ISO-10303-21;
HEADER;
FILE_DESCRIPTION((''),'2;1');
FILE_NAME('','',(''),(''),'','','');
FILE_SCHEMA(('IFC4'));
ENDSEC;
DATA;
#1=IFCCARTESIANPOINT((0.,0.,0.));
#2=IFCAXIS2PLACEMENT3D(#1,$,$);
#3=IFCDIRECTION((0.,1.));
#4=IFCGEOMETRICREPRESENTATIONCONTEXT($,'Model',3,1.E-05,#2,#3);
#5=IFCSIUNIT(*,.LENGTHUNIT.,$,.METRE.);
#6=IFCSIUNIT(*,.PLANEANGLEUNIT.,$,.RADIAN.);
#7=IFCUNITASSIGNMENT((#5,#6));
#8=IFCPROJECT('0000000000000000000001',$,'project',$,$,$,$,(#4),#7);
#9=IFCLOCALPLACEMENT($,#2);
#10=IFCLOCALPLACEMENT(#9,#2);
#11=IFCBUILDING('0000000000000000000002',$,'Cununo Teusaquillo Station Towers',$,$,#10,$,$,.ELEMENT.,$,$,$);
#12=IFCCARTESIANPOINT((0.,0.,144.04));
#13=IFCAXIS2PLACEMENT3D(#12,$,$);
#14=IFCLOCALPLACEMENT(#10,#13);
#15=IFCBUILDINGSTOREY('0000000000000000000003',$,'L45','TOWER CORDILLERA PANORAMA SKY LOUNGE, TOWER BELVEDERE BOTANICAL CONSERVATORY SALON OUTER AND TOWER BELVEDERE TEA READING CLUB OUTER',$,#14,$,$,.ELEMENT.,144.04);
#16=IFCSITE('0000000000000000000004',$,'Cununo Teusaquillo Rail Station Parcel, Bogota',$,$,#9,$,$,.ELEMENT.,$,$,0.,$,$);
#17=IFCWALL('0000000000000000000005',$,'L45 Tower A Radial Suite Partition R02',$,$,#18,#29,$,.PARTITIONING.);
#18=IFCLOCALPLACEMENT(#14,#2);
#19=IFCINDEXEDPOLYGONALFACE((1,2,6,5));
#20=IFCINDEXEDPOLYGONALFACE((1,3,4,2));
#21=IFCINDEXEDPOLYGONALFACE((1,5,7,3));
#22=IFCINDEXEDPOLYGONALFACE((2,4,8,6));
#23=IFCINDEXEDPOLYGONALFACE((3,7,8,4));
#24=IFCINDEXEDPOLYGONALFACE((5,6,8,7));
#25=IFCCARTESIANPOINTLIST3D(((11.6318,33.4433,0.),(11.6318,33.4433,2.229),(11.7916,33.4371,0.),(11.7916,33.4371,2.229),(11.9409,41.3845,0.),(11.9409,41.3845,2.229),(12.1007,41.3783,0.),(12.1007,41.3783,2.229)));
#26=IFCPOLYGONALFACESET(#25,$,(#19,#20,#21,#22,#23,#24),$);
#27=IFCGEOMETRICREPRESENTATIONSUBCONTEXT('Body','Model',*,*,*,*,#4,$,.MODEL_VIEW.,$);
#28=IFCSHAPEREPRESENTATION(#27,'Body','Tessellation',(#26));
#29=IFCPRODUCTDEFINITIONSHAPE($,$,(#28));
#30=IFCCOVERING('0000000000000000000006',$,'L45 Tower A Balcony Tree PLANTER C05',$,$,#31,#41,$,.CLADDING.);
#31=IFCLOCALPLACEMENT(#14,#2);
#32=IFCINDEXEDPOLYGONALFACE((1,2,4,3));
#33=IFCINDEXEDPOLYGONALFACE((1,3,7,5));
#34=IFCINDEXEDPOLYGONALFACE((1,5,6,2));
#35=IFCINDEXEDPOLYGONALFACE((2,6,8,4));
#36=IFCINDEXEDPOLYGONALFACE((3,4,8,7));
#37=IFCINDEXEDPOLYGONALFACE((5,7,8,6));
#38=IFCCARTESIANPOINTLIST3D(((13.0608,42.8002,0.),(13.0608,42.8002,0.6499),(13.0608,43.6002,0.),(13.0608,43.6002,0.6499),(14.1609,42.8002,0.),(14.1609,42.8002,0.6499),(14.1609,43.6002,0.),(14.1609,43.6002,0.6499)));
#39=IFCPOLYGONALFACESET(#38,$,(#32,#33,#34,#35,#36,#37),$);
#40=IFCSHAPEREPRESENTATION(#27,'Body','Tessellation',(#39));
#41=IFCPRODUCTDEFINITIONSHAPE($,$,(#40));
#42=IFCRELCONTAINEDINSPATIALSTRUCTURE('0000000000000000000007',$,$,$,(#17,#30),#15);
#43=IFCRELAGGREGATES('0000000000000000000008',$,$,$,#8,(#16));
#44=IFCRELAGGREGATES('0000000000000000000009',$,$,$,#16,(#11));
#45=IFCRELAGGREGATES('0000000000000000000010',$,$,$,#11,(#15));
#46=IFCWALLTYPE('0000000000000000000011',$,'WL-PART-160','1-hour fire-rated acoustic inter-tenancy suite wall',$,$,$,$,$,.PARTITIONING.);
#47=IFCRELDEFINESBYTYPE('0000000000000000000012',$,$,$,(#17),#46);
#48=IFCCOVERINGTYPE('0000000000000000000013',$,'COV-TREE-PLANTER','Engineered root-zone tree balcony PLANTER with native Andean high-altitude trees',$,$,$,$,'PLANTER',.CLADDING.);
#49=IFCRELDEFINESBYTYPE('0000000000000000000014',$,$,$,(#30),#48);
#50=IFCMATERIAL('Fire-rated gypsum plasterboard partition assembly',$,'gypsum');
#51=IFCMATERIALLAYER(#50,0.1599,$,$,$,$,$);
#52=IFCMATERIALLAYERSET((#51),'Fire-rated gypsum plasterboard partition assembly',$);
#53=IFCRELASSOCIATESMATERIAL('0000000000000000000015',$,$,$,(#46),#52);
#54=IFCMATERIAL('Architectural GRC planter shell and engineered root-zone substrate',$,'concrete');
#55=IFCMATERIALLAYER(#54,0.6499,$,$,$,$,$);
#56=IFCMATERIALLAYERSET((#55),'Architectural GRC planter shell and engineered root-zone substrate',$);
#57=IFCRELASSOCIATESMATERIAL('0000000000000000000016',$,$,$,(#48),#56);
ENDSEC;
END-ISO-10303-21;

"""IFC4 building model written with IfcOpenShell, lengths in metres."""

from ifc_helpers import new_model, si_unit, direction, frame, frame_2d, origin, origin_2d, place, context, subcontext, project, spatial, rectangle, extrude, source, transform, mapped, material, layer, layer_set, type_object, element, save


model = new_model("IFC4")

# Units and contexts
model_context = context("Model", 3, precision=1e-05, world=origin(), true_north=direction((0.0, 1.0)))
body_context = subcontext(model_context, "Body", "Model", "MODEL_VIEW")
ifc_project = project(units=[si_unit("LENGTHUNIT", "METRE"), si_unit("PLANEANGLEUNIT", "RADIAN")], contexts=[model_context])

# Site, building, storey
site_placement = place(None, origin())
site = spatial("IfcSite", under=ifc_project, at=site_placement, Name="Cununo Teusaquillo Rail Station Parcel, Bogota", CompositionType="ELEMENT", RefElevation=0.0)
building_placement = place(site_placement, origin())
building = spatial("IfcBuilding", under=site, at=building_placement, Name="Cununo Teusaquillo Station Towers", CompositionType="ELEMENT")
storey_placement = place(building_placement, frame((0.0, 0.0, 144.04)))
storey = spatial("IfcBuildingStorey", under=building, at=storey_placement, Name="L45", Description="TOWER CORDILLERA PANORAMA SKY LOUNGE, TOWER BELVEDERE BOTANICAL CONSERVATORY SALON OUTER AND TOWER BELVEDERE TEA READING CLUB OUTER", CompositionType="ELEMENT", Elevation=144.04)

# Wall
ifc_material_1 = material(Name="Fire-rated gypsum plasterboard partition assembly", Category="gypsum")
ifc_layer_1 = layer(ifc_material_1, 0.1599)
ifc_layer_set_1 = layer_set([ifc_layer_1], Name="Fire-rated gypsum plasterboard partition assembly")
wall_type_1 = type_object("IfcWallType", Name="WL-PART-160", Description="1-hour fire-rated acoustic inter-tenancy suite wall", PredefinedType="PARTITIONING", material=ifc_layer_set_1)
wall_1_placement = place(storey_placement, frame((11.7117, 33.4402, 0.0), z_axis=(0.0, 0.0, 1.0), x_axis=(0.038892, 0.999243, 0.0)))
element("IfcWall", 1, at=wall_1_placement, inside=storey, type_object=wall_type_1, Name="L45 Tower A Radial Suite Partition R02", PredefinedType="PARTITIONING", context=body_context, shape_type="SweptSolid", body=[
    extrude(rectangle(XDim=7.9473, YDim=0.1599, at=frame_2d((3.9736, 0.0))), origin(), (0.0, 0.0, 1.0), 2.229),
])

# Covering
ifc_material_2 = material(Name="Architectural GRC planter shell and engineered root-zone substrate", Category="concrete")
ifc_layer_2 = layer(ifc_material_2, 0.6499)
ifc_layer_set_2 = layer_set([ifc_layer_2], Name="Architectural GRC planter shell and engineered root-zone substrate")
covering_type = type_object("IfcCoveringType", Name="COV-TREE-PLANTER", Description="Engineered root-zone tree balcony PLANTER with native Andean high-altitude trees", ElementType="PLANTER", PredefinedType="CLADDING", material=ifc_layer_set_2)
shared_shape_1 = source(origin(), body_context, "Body", "SweptSolid", [
    extrude(rectangle(XDim=1.1001, YDim=0.8, at=origin_2d()), origin(), (0.0, 0.0, 1.0), 0.6499),
])
covering_placement = place(storey_placement, frame((13.6108, 43.2002, 0.0), z_axis=(0.0, 0.0, 1.0), x_axis=(1.0, 0.0, 0.0)))
element("IfcCovering", 2, at=covering_placement, inside=storey, type_object=covering_type, Name="L45 Tower A Balcony Tree PLANTER C05", PredefinedType="CLADDING", context=body_context, shape_type="MappedRepresentation", body=[
    mapped(shared_shape_1, transform((0.0, 0.0, 0.0), x_axis=(1.0, 0.0, 0.0), y_axis=(0.0, 1.0, 0.0), z_axis=(0.0, 0.0, 1.0), scale=1.0)),
])

save(model, "model.ifc")
